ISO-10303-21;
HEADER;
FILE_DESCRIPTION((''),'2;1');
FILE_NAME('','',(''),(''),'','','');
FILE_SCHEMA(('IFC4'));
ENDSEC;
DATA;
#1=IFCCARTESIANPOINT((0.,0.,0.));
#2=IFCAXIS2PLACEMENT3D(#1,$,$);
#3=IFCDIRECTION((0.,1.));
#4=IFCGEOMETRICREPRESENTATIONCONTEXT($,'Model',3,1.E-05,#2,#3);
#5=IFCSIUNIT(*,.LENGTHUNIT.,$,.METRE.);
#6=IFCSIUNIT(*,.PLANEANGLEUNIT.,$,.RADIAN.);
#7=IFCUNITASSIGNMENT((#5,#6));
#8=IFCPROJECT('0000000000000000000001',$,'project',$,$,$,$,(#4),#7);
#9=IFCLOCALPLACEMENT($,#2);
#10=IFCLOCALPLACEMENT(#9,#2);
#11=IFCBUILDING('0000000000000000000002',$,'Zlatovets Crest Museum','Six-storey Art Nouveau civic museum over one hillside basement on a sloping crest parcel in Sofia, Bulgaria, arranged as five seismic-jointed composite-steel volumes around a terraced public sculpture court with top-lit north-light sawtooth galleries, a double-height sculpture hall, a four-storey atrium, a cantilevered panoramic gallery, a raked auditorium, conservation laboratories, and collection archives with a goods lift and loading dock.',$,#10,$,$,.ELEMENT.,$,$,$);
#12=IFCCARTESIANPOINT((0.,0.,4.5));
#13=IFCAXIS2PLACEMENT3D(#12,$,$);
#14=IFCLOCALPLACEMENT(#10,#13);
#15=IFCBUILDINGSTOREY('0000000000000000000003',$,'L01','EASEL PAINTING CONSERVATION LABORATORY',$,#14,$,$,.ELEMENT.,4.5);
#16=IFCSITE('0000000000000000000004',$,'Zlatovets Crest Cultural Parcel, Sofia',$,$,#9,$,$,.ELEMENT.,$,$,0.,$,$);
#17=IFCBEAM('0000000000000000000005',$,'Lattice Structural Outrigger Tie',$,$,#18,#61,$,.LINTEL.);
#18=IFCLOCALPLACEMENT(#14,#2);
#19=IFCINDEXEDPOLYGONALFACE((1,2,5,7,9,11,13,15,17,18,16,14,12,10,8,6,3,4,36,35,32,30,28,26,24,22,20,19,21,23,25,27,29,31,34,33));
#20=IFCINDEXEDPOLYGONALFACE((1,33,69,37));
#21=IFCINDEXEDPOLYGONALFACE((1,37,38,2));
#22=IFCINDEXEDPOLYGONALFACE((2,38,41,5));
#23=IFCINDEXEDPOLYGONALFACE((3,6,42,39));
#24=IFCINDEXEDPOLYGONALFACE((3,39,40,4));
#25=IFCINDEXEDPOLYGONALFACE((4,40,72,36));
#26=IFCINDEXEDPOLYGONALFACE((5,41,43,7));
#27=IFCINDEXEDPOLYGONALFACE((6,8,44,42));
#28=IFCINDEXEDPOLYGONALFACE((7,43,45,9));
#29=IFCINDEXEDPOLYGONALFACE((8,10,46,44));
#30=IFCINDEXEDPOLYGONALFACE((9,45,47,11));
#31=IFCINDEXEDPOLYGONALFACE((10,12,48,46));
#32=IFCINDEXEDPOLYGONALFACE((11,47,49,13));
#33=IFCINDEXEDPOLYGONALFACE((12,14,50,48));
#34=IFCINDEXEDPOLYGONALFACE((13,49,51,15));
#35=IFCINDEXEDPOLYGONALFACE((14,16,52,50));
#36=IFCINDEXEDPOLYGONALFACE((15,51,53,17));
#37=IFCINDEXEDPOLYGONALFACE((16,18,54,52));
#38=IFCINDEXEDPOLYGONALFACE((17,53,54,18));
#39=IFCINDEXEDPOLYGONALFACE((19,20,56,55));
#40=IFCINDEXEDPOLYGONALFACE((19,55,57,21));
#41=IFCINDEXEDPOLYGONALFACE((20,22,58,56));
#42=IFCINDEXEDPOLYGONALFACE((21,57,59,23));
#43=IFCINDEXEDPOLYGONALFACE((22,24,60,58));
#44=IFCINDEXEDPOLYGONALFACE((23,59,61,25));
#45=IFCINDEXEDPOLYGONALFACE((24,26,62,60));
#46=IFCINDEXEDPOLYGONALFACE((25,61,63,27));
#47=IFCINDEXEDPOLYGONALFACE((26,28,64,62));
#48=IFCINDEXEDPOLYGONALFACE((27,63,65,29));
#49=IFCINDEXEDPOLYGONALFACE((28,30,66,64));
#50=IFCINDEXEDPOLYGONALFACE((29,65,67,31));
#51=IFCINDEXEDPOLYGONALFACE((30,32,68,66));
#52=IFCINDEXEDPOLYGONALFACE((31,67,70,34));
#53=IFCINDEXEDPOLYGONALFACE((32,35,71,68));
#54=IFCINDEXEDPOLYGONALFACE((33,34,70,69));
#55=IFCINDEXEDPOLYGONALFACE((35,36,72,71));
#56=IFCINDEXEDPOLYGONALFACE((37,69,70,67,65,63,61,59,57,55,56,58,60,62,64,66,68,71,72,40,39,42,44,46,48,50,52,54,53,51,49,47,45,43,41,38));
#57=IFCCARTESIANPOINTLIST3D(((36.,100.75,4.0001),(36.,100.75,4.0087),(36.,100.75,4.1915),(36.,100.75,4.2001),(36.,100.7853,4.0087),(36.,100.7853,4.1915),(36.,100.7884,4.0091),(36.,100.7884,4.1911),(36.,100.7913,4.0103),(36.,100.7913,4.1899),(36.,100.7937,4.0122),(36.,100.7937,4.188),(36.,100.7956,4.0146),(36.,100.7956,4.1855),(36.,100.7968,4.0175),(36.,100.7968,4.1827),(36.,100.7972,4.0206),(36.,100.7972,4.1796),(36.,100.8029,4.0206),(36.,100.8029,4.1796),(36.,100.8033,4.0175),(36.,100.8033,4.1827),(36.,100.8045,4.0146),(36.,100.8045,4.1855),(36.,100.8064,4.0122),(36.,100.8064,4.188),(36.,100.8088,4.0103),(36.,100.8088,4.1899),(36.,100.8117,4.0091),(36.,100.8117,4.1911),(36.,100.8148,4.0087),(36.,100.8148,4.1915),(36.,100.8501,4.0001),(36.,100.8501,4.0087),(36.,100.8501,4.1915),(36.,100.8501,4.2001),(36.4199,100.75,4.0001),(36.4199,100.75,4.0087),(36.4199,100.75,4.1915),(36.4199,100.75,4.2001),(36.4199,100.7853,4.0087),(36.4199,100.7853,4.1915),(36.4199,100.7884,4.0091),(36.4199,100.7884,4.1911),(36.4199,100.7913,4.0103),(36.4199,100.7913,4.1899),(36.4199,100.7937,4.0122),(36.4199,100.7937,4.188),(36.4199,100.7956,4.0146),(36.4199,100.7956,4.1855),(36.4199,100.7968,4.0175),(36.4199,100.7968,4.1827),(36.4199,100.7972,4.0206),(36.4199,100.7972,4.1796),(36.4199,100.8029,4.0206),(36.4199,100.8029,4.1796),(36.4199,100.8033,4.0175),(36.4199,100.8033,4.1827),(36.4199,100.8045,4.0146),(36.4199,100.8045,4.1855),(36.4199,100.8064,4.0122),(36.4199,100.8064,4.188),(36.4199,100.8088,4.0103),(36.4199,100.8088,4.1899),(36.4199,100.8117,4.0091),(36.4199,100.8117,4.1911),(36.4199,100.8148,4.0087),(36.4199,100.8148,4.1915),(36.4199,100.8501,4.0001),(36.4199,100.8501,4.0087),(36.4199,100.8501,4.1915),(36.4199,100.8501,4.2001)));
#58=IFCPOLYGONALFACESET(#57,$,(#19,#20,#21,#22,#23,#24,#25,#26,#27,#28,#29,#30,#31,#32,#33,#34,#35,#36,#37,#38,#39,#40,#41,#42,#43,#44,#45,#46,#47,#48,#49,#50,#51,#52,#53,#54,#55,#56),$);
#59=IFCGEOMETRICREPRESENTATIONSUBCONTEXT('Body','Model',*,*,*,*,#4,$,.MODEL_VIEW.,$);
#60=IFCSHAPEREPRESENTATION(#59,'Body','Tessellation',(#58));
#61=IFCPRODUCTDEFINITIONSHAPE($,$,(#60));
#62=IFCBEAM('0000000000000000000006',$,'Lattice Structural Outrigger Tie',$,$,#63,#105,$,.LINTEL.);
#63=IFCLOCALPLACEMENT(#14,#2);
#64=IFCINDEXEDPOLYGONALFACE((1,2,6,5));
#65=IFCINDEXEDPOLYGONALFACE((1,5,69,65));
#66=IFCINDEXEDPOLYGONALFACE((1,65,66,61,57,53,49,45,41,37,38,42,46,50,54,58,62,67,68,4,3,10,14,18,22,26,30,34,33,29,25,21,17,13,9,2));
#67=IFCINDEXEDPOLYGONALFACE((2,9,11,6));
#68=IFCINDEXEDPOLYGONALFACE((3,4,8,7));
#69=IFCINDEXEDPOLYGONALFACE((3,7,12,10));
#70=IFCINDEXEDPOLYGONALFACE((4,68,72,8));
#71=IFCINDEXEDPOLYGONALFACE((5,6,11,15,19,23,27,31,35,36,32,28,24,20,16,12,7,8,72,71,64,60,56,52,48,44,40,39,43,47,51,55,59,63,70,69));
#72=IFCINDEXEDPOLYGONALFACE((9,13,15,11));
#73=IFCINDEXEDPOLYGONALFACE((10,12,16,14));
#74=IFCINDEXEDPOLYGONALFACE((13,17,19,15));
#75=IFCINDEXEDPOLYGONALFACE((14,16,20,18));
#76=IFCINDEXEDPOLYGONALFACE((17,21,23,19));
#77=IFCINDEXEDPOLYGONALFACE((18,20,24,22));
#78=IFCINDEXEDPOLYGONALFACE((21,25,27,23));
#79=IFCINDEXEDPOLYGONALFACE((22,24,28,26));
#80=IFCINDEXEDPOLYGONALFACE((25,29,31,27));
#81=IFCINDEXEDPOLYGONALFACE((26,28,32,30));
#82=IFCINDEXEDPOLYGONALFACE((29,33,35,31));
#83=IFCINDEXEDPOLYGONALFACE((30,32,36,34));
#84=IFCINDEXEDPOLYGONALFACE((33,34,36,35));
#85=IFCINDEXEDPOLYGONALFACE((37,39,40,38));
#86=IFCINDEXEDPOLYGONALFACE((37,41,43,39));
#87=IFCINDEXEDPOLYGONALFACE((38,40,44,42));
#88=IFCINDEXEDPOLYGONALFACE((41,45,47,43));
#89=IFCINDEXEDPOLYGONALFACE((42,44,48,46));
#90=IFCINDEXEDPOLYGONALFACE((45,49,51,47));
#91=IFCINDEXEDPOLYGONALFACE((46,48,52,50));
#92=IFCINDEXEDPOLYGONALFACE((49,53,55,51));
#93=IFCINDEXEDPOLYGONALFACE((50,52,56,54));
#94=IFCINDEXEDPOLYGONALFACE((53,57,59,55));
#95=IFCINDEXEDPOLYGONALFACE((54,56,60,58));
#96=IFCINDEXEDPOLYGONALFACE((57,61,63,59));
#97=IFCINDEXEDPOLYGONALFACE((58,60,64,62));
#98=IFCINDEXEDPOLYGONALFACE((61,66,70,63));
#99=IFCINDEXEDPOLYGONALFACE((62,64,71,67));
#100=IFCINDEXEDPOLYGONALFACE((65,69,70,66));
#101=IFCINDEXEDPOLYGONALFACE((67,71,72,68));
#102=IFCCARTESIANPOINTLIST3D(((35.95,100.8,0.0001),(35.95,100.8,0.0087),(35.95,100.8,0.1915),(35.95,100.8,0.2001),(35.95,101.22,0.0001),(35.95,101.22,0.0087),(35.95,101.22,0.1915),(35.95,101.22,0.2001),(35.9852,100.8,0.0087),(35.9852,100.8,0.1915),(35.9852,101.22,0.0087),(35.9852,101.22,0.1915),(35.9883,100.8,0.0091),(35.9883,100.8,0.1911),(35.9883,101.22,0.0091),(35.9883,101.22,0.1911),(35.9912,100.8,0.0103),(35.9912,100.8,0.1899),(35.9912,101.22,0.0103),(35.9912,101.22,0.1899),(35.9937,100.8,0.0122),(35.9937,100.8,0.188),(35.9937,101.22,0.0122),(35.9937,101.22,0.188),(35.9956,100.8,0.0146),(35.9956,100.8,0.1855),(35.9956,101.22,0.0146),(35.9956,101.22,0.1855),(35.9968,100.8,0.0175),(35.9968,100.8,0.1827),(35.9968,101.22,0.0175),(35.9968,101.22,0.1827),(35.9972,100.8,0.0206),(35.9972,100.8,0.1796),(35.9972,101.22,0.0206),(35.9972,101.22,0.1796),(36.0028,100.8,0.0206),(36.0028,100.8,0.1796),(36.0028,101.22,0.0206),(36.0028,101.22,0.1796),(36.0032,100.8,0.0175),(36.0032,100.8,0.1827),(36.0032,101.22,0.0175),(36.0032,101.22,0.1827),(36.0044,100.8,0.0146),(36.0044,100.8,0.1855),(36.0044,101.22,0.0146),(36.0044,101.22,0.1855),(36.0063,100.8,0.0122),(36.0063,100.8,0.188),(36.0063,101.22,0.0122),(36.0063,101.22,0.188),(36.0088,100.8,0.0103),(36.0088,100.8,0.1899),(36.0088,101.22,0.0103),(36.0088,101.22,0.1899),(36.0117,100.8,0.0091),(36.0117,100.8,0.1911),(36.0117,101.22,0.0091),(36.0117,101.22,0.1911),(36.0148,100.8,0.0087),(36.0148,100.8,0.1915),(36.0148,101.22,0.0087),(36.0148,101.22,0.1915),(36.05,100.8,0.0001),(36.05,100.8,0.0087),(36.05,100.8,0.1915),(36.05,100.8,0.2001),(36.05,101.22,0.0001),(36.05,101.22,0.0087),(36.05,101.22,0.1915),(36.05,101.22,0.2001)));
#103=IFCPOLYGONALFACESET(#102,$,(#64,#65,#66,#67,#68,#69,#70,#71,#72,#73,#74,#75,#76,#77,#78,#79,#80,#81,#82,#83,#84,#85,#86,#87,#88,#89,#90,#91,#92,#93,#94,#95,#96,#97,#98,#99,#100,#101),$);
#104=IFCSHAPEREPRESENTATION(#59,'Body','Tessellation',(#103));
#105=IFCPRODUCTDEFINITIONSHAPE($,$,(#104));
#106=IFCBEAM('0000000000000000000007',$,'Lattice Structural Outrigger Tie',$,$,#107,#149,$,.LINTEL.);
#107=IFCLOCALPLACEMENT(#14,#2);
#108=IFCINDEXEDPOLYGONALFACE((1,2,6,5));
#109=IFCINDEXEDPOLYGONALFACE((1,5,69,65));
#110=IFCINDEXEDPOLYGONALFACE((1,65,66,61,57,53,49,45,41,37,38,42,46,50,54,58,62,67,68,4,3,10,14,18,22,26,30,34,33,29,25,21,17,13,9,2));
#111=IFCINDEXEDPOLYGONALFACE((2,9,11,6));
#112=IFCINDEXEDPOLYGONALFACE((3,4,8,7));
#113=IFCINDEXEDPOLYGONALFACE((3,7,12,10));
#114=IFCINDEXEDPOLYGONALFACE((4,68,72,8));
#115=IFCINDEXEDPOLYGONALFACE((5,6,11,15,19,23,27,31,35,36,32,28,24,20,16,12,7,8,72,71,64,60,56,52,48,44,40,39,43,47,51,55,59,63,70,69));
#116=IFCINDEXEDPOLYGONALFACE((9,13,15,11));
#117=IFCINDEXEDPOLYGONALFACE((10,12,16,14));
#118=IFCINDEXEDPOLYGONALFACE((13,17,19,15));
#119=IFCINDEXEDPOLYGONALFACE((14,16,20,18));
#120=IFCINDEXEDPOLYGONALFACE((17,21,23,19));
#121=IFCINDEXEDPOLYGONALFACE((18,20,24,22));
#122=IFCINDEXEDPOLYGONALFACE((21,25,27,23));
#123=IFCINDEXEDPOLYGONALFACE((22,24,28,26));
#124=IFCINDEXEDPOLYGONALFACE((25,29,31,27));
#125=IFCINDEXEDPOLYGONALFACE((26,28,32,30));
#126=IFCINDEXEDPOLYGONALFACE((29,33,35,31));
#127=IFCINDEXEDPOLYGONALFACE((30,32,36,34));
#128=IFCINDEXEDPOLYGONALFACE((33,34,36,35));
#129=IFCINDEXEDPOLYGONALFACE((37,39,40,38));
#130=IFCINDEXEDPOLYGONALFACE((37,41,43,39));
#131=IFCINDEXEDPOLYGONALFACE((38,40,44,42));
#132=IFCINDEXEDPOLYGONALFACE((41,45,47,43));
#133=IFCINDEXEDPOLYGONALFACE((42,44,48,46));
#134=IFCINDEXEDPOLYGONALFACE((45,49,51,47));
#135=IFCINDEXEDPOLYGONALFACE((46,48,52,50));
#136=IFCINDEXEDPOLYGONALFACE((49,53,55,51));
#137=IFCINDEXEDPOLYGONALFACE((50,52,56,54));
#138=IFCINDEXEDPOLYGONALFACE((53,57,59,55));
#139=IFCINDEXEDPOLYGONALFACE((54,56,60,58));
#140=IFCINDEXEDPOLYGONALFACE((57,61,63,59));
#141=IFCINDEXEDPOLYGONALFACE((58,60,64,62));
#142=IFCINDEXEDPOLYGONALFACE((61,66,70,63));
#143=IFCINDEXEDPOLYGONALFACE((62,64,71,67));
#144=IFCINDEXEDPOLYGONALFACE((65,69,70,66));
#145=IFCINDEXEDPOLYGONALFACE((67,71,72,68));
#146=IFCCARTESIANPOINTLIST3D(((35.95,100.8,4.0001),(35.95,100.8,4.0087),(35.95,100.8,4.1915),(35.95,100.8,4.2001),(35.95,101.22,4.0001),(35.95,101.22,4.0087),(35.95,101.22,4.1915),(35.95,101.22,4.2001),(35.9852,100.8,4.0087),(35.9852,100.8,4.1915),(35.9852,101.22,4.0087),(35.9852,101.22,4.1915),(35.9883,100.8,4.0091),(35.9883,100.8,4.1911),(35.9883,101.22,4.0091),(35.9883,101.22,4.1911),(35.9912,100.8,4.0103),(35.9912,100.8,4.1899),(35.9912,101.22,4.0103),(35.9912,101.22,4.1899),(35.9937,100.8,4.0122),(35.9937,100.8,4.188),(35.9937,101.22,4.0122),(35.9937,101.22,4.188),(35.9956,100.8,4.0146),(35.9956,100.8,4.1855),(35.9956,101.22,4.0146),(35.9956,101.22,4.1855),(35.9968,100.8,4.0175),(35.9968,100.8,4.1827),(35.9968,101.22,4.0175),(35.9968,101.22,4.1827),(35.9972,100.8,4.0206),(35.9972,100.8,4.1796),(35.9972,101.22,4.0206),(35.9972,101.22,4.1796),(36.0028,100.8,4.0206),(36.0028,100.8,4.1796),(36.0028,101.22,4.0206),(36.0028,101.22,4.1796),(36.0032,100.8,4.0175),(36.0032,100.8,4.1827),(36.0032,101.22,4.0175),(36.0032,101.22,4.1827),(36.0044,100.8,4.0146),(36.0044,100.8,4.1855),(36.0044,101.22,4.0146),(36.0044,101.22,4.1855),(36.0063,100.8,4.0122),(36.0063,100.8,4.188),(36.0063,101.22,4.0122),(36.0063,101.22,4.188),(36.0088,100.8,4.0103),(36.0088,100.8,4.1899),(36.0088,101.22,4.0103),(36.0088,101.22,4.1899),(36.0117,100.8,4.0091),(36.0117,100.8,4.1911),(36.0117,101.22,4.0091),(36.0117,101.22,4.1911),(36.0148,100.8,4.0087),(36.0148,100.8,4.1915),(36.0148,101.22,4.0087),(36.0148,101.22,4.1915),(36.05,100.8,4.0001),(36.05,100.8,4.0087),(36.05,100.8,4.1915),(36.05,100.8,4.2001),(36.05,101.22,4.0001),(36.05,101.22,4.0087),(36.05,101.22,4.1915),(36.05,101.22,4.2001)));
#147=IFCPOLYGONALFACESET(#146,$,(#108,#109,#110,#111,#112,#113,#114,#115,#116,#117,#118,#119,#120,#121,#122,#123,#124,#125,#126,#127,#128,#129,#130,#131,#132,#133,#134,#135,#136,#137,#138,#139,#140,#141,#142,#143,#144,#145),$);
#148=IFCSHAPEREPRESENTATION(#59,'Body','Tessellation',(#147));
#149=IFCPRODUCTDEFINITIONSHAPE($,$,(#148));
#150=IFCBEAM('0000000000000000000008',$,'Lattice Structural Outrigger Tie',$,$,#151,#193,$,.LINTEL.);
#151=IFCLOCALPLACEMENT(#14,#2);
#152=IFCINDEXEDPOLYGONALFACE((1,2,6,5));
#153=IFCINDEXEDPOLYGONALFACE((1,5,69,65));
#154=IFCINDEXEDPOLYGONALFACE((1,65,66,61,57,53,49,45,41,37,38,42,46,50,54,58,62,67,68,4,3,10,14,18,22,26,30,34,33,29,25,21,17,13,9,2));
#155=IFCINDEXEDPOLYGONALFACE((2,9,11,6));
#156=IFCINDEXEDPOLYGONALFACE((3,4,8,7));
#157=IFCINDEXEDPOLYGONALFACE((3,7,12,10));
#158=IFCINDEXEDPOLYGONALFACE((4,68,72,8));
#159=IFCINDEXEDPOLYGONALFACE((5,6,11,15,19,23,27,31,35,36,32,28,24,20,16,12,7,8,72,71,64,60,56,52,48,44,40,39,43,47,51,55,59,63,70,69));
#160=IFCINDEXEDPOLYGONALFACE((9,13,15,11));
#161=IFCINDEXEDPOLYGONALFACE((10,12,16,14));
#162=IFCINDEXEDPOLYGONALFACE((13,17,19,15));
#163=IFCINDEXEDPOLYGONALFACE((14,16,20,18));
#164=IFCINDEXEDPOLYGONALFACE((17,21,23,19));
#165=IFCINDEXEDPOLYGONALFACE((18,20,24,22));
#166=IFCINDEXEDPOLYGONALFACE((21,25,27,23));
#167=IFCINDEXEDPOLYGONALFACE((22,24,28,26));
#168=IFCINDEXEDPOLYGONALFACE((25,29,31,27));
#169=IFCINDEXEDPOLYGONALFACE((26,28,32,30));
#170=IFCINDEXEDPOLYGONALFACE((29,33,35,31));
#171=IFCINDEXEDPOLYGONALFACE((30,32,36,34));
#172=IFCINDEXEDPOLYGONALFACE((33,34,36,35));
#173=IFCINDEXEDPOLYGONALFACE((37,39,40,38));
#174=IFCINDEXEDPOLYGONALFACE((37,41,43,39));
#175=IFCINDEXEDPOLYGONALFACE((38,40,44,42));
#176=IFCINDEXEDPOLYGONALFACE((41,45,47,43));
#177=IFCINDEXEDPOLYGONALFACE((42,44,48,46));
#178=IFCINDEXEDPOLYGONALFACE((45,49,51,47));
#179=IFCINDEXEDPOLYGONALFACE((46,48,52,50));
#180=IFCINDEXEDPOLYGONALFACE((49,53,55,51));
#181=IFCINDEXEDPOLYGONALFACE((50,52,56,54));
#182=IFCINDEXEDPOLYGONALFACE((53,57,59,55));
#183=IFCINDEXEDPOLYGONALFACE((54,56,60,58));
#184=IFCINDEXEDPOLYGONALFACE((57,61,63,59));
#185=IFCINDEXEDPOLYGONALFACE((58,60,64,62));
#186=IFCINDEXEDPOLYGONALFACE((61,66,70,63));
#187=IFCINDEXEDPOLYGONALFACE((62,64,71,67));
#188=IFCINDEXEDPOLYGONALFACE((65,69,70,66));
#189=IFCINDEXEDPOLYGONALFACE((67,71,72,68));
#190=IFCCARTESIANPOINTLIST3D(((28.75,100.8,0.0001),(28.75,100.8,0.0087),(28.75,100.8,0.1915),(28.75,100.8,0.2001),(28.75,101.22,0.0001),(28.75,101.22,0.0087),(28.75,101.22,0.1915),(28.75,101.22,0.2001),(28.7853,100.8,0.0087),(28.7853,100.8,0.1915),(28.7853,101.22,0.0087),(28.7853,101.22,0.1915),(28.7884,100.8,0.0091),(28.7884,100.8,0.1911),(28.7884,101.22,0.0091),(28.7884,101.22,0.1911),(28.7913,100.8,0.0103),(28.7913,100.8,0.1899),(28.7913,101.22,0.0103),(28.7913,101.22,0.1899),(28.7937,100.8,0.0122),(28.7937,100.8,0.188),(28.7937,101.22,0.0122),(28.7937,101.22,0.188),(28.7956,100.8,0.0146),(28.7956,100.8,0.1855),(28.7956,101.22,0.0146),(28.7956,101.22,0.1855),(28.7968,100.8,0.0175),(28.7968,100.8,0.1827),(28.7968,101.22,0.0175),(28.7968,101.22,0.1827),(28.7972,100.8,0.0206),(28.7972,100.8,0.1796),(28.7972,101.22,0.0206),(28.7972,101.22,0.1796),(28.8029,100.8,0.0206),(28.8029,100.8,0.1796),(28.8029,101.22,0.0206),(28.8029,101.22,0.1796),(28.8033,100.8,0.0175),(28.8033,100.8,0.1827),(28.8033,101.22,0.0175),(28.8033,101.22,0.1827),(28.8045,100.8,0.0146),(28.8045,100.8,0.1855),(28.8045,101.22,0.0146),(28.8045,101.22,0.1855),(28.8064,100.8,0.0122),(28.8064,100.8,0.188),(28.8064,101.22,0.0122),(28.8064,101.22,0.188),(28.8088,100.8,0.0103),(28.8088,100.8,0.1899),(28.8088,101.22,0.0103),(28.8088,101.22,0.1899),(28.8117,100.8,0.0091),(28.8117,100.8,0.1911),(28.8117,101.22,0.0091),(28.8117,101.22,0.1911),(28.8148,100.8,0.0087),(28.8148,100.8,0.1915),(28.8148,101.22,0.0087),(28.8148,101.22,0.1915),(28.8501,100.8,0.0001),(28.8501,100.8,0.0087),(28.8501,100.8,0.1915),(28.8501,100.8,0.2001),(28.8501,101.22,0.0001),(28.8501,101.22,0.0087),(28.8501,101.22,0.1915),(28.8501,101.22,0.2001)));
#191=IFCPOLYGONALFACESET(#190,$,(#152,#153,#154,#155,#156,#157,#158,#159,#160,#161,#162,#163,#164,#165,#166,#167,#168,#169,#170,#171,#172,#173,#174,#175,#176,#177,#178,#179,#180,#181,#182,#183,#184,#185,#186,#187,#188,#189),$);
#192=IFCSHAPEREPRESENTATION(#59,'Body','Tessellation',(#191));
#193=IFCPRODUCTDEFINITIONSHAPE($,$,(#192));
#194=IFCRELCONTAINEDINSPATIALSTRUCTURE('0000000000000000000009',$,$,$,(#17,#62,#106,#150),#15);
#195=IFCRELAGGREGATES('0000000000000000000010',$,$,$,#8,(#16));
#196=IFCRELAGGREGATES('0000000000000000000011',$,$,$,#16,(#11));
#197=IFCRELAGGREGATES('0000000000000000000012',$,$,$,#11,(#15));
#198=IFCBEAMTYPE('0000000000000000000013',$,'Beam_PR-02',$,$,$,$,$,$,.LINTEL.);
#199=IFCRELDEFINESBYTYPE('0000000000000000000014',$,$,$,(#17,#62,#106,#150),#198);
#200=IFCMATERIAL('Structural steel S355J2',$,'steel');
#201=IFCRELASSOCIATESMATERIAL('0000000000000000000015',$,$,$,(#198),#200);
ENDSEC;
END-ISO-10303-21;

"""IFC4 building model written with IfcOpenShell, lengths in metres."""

from ifc_helpers import new_model, si_unit, direction, frame, origin, origin_2d, place, context, subcontext, project, spatial, i_section, extrude, material, material_profile, profile_set, type_object, element, save


model = new_model("IFC4")

# Units and contexts
model_context = context("Model", 3, precision=1e-05, world=origin(), true_north=direction((0.0, 1.0)))
body_context = subcontext(model_context, "Body", "Model", "MODEL_VIEW")
ifc_project = project(units=[si_unit("LENGTHUNIT", "METRE"), si_unit("PLANEANGLEUNIT", "RADIAN")], contexts=[model_context])

# Site, building, storey
site_placement = place(None, origin())
site = spatial("IfcSite", under=ifc_project, at=site_placement, Name="Zlatovets Crest Cultural Parcel, Sofia", CompositionType="ELEMENT", RefElevation=0.0)
building_placement = place(site_placement, origin())
building = spatial("IfcBuilding", under=site, at=building_placement, Name="Zlatovets Crest Museum", Description="Six-storey Art Nouveau civic museum over one hillside basement on a sloping crest parcel in Sofia, Bulgaria, arranged as five seismic-jointed composite-steel volumes around a terraced public sculpture court with top-lit north-light sawtooth galleries, a double-height sculpture hall, a four-storey atrium, a cantilevered panoramic gallery, a raked auditorium, conservation laboratories, and collection archives with a goods lift and loading dock.", CompositionType="ELEMENT")
storey_placement = place(building_placement, frame((0.0, 0.0, 4.5)))
storey = spatial("IfcBuildingStorey", under=building, at=storey_placement, Name="L01", Description="EASEL PAINTING CONSERVATION LABORATORY", CompositionType="ELEMENT", Elevation=4.5)

# Shared definitions
ifc_material_1 = material(Name="Structural steel S355J2", Category="steel")

# Beams
ifc_material_profile_1 = material_profile(ifc_material_1, i_section(OverallWidth=0.1001, OverallDepth=0.2, WebThickness=0.0056, FlangeThickness=0.0085, FilletRadius=0.012, at=origin_2d()), Name="IPE 200")
ifc_profile_set_1 = profile_set([ifc_material_profile_1], Name="Structural steel S355J2")
beam_type_1 = type_object("IfcBeamType", Name="Beam_PR-02", PredefinedType="LINTEL", material=ifc_profile_set_1)
for number, where, z_axis, x_axis, name in (
    (1, (36.0, 100.8, 4.1001), (1.0, 0.0, 0.0), (0.0, 1.0, 0.0), "Lattice Structural Outrigger Tie"),
    (2, (36.0, 100.8, 0.1001), (0.0, 1.0, 0.0), (-1.0, 0.0, 0.0), "Lattice Structural Outrigger Tie"),
    (3, (36.0, 100.8, 4.1001), (0.0, 1.0, 0.0), (-1.0, 0.0, 0.0), "Lattice Structural Outrigger Tie"),
    (4, (28.8, 100.8, 0.1001), (0.0, 1.0, 0.0), (-1.0, 0.0, 0.0), "Lattice Structural Outrigger Tie"),
):
    element("IfcBeam", number, at=place(storey_placement, frame(where, z_axis=z_axis, x_axis=x_axis)), inside=storey, type_object=beam_type_1, Name=name, PredefinedType="LINTEL", context=body_context, shape_type="SweptSolid", body=[
        extrude(i_section(OverallWidth=0.1001, OverallDepth=0.2, WebThickness=0.0056, FlangeThickness=0.0085, FilletRadius=0.012, at=origin_2d()), origin(), (0.0, 0.0, 1.0), 0.4199),
    ])

save(model, "model.ifc")
